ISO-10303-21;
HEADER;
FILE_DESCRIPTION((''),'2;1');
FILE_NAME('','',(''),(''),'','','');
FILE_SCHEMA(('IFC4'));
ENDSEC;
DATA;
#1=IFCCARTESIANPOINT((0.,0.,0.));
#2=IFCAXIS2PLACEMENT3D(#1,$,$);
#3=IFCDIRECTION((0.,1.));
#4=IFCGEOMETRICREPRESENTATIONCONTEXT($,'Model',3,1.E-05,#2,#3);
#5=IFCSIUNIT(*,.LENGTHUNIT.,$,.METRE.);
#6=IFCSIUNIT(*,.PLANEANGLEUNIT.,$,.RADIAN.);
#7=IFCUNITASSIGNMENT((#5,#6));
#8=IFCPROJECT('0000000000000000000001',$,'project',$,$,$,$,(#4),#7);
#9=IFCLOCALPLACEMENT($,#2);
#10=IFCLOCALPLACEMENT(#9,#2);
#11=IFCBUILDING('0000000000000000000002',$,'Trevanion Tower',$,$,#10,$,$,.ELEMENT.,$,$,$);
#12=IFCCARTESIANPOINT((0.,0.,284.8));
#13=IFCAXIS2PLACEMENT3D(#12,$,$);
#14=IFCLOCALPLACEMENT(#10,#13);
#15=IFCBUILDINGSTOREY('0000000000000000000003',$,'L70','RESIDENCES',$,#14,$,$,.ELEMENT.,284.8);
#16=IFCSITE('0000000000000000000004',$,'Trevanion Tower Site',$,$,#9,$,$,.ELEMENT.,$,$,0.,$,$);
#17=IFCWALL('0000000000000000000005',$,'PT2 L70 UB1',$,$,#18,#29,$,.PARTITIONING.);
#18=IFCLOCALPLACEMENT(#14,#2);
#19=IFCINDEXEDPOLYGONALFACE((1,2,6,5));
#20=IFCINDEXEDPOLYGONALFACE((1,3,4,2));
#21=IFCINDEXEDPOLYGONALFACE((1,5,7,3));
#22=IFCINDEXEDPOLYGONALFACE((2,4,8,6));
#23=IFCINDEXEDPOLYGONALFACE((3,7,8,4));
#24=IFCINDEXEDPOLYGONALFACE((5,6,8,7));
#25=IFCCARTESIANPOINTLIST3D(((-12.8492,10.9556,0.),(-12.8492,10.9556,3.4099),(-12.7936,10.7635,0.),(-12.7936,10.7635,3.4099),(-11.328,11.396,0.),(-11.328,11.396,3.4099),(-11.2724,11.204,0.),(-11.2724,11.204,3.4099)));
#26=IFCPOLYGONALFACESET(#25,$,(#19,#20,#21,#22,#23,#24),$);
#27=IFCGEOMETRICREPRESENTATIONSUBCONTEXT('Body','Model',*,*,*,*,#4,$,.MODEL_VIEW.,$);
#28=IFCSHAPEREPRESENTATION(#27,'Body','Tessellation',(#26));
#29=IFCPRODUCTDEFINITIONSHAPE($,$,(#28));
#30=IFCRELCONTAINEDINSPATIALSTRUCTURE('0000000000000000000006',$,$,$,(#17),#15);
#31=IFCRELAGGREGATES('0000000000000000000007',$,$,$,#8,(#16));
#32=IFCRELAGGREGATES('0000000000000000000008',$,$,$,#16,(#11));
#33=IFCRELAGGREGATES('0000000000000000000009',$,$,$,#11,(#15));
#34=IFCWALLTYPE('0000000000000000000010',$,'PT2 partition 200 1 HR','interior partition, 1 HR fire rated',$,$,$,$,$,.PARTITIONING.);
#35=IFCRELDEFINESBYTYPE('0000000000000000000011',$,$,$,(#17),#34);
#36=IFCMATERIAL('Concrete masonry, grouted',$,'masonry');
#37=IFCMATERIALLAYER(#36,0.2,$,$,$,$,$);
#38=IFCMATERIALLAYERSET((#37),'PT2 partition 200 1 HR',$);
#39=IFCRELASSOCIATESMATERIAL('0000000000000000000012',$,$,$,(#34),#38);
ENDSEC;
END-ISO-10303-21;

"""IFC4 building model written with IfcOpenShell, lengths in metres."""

from ifc_helpers import new_model, si_unit, direction, frame, frame_2d, origin, place, context, subcontext, project, spatial, rectangle, extrude, material, layer, layer_set, type_object, element, save


model = new_model("IFC4")

# Units and contexts
model_context = context("Model", 3, precision=1e-05, world=origin(), true_north=direction((0.0, 1.0)))
body_context = subcontext(model_context, "Body", "Model", "MODEL_VIEW")
ifc_project = project(units=[si_unit("LENGTHUNIT", "METRE"), si_unit("PLANEANGLEUNIT", "RADIAN")], contexts=[model_context])

# Site, building, storey
site_placement = place(None, origin())
site = spatial("IfcSite", under=ifc_project, at=site_placement, Name="Trevanion Tower Site", CompositionType="ELEMENT", RefElevation=0.0)
building_placement = place(site_placement, origin())
building = spatial("IfcBuilding", under=site, at=building_placement, Name="Trevanion Tower", CompositionType="ELEMENT")
storey_placement = place(building_placement, frame((0.0, 0.0, 284.8)))
storey = spatial("IfcBuildingStorey", under=building, at=storey_placement, Name="L70", Description="RESIDENCES", CompositionType="ELEMENT", Elevation=284.8)

# Wall
ifc_material_1 = material(Name="Concrete masonry, grouted", Category="masonry")
ifc_layer_1 = layer(ifc_material_1, 0.2)
ifc_layer_set_1 = layer_set([ifc_layer_1], Name="PT2 partition 200 1 HR")
wall_type_1 = type_object("IfcWallType", Name="PT2 partition 200 1 HR", Description="interior partition, 1 HR fire rated", PredefinedType="PARTITIONING", material=ifc_layer_set_1)
wall_1_placement = place(storey_placement, frame((-11.3, 11.3, 0.0), z_axis=(0.0, 0.0, 1.0), x_axis=(-0.960552, -0.278099, 0.0)))
element("IfcWall", 1, at=wall_1_placement, inside=storey, type_object=wall_type_1, Name="PT2 L70 UB1", PredefinedType="PARTITIONING", context=body_context, shape_type="SweptSolid", body=[
    extrude(rectangle(XDim=1.5837, YDim=0.2, at=frame_2d((0.792, 0.0))), origin(), (0.0, 0.0, 1.0), 3.4099),
])

save(model, "model.ifc")
